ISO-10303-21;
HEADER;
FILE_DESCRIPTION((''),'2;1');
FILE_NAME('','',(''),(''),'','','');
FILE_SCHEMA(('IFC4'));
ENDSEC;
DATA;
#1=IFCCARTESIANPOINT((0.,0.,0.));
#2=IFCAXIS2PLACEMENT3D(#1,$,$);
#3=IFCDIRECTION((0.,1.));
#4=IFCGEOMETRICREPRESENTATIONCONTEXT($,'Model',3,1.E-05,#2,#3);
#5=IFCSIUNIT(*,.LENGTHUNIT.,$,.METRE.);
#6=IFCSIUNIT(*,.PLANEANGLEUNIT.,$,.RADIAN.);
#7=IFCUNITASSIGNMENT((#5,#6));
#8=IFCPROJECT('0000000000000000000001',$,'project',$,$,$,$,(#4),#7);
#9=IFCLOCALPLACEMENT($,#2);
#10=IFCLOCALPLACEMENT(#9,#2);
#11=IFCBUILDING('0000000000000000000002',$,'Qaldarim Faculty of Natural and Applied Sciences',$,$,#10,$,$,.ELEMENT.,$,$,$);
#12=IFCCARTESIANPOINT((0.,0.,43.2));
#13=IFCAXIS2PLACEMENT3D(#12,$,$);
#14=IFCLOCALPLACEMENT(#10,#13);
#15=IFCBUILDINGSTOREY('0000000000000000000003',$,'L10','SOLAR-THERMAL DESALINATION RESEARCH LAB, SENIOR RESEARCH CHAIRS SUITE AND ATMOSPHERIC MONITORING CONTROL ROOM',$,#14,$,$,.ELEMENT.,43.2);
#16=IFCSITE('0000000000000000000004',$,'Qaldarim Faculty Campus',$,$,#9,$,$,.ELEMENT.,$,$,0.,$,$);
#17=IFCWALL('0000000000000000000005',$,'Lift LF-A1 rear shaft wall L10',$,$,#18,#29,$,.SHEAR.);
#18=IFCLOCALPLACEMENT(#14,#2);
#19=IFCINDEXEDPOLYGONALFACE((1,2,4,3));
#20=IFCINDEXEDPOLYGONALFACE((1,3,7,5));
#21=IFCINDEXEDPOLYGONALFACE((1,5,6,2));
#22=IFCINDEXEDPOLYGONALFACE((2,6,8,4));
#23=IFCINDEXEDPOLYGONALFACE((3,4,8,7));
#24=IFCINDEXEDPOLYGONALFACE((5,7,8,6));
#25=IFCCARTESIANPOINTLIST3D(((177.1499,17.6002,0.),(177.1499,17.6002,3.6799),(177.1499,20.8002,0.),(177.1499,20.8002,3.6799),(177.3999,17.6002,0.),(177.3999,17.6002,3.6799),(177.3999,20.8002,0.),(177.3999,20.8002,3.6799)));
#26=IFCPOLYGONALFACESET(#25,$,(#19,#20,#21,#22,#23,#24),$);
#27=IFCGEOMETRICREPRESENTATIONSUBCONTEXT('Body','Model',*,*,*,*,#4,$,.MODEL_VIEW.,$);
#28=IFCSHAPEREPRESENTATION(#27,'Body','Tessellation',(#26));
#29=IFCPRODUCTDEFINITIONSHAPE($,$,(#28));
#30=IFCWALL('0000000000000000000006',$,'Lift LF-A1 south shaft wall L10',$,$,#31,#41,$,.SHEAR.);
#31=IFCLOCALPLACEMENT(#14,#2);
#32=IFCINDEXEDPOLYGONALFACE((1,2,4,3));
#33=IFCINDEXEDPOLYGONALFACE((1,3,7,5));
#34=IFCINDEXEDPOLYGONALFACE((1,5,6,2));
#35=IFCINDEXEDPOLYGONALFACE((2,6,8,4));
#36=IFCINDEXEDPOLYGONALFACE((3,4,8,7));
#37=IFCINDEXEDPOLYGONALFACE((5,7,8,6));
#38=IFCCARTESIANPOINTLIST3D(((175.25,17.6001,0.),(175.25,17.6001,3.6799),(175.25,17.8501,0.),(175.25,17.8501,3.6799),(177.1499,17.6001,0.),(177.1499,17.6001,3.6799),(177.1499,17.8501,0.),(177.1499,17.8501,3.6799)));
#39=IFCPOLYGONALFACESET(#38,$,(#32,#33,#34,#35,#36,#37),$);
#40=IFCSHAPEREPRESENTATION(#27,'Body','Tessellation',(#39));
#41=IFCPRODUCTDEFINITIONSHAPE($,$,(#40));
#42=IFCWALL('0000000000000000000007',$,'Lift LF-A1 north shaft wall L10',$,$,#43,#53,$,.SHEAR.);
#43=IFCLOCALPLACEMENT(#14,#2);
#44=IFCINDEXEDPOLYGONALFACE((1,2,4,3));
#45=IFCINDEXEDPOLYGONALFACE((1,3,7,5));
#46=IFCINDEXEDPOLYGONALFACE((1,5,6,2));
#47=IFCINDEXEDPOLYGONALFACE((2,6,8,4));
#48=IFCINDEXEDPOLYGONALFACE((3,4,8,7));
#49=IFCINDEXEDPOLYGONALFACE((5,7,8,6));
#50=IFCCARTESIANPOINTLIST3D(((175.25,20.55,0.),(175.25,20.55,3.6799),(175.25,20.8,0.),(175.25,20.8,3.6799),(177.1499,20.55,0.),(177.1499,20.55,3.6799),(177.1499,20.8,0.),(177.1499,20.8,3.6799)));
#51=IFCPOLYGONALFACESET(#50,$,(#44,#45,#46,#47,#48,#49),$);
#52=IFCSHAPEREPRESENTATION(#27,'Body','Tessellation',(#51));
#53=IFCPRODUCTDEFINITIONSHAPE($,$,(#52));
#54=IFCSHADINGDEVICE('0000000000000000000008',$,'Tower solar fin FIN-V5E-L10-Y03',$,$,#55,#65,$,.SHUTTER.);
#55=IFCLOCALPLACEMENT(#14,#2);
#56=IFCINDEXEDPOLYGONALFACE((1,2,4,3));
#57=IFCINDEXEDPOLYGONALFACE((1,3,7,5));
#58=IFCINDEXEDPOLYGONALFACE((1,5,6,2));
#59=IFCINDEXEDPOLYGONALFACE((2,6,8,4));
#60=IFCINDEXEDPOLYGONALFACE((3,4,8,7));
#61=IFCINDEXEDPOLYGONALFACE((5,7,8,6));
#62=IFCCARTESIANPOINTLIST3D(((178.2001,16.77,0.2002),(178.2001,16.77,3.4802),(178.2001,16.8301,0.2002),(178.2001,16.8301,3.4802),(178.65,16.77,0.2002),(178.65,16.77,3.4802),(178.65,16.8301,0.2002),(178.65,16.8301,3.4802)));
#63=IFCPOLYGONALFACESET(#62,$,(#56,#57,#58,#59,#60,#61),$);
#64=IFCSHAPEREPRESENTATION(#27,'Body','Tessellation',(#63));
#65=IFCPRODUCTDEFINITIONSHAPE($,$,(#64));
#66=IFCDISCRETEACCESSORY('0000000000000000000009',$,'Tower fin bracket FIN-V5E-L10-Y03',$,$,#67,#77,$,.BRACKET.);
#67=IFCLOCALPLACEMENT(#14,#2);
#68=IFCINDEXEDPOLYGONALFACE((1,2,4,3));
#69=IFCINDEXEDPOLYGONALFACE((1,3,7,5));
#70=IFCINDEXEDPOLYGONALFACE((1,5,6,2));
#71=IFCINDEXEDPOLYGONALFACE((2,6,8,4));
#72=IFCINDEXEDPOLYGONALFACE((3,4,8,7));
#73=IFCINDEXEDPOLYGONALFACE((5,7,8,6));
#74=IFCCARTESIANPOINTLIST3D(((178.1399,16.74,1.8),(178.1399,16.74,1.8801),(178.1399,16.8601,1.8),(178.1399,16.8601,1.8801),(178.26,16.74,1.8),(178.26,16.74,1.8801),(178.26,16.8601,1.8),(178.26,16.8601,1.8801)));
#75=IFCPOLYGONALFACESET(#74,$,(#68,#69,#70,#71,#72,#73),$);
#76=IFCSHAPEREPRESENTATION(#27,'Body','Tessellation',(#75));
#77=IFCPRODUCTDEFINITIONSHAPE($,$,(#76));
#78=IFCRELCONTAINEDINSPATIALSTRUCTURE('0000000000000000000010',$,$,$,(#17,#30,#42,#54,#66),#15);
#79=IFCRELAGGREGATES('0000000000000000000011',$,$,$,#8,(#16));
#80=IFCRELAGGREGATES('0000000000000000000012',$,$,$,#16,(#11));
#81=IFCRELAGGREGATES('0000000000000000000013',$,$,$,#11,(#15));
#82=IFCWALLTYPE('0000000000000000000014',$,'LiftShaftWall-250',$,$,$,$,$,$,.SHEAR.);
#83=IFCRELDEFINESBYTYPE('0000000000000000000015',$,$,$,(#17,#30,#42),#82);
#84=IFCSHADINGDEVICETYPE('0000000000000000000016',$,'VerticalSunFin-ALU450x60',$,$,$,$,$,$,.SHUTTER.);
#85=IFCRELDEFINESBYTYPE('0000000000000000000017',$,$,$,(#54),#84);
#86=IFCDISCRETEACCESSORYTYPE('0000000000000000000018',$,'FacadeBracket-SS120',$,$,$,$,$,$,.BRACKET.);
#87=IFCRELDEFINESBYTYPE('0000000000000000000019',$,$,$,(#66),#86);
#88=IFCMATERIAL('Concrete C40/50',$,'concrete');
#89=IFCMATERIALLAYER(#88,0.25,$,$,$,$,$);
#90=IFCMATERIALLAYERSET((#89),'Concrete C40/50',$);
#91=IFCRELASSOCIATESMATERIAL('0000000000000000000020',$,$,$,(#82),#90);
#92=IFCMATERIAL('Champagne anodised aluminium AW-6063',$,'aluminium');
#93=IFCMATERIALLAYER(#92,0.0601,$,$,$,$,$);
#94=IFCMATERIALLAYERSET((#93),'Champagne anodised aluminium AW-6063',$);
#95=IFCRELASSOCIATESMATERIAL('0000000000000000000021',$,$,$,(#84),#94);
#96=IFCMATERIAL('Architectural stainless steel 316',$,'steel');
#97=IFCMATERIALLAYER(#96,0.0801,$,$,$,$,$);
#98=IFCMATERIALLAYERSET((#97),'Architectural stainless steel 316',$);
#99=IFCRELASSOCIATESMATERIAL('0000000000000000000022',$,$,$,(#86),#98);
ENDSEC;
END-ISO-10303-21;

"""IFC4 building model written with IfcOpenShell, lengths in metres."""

from ifc_helpers import new_model, si_unit, direction, frame, frame_2d, origin, origin_2d, place, context, subcontext, project, spatial, rectangle, extrude, material, layer, layer_set, type_object, element, save


model = new_model("IFC4")

# Units and contexts
model_context = context("Model", 3, precision=1e-05, world=origin(), true_north=direction((0.0, 1.0)))
body_context = subcontext(model_context, "Body", "Model", "MODEL_VIEW")
ifc_project = project(units=[si_unit("LENGTHUNIT", "METRE"), si_unit("PLANEANGLEUNIT", "RADIAN")], contexts=[model_context])

# Site, building, storey
site_placement = place(None, origin())
site = spatial("IfcSite", under=ifc_project, at=site_placement, Name="Qaldarim Faculty Campus", CompositionType="ELEMENT", RefElevation=0.0)
building_placement = place(site_placement, origin())
building = spatial("IfcBuilding", under=site, at=building_placement, Name="Qaldarim Faculty of Natural and Applied Sciences", CompositionType="ELEMENT")
storey_placement = place(building_placement, frame((0.0, 0.0, 43.2)))
storey = spatial("IfcBuildingStorey", under=building, at=storey_placement, Name="L10", Description="SOLAR-THERMAL DESALINATION RESEARCH LAB, SENIOR RESEARCH CHAIRS SUITE AND ATMOSPHERIC MONITORING CONTROL ROOM", CompositionType="ELEMENT", Elevation=43.2)

# Shared definitions
ifc_material_1 = material(Name="Concrete C40/50", Category="concrete")

# Shared definitions
ifc_layer_1 = layer(ifc_material_1, 0.25)
ifc_layer_set_1 = layer_set([ifc_layer_1], Name="Concrete C40/50")
wall_type_1 = type_object("IfcWallType", Name="LiftShaftWall-250", PredefinedType="SHEAR", material=ifc_layer_set_1)
ifc_material_2 = material(Name="Architectural stainless steel 316", Category="steel")

# Walls
wall_1_placement = place(storey_placement, frame((177.2749, 17.6001, 0.0), z_axis=(0.0, 0.0, 1.0), x_axis=(0.0, 1.0, 0.0)))
element("IfcWall", 1, at=wall_1_placement, inside=storey, type_object=wall_type_1, Name="Lift LF-A1 rear shaft wall L10", PredefinedType="SHEAR", context=body_context, shape_type="SweptSolid", body=[
    extrude(rectangle(XDim=3.2, YDim=0.25, at=frame_2d((1.6001, 0.0))), origin(), (0.0, 0.0, 1.0), 3.6799),
])
for number, where, z_axis, x_axis, name in (
    (2, (175.25, 17.7251, 0.0), (0.0, 0.0, 1.0), (1.0, 0.0, 0.0), "Lift LF-A1 south shaft wall L10"),
    (3, (175.25, 20.675, 0.0), (0.0, 0.0, 1.0), (1.0, 0.0, 0.0), "Lift LF-A1 north shaft wall L10"),
):
    element("IfcWall", number, at=place(storey_placement, frame(where, z_axis=z_axis, x_axis=x_axis)), inside=storey, type_object=wall_type_1, Name=name, PredefinedType="SHEAR", context=body_context, shape_type="SweptSolid", body=[
        extrude(rectangle(XDim=1.8999, YDim=0.25, at=frame_2d((0.95, 0.0))), origin(), (0.0, 0.0, 1.0), 3.6799),
    ])

# Shading device
ifc_material_3 = material(Name="Champagne anodised aluminium AW-6063", Category="aluminium")
ifc_layer_2 = layer(ifc_material_3, 0.0601)
ifc_layer_set_2 = layer_set([ifc_layer_2], Name="Champagne anodised aluminium AW-6063")
shading_device_type = type_object("IfcShadingDeviceType", Name="VerticalSunFin-ALU450x60", PredefinedType="SHUTTER", material=ifc_layer_set_2)
shading_device_placement = place(storey_placement, frame((178.425, 16.8, 0.2002), z_axis=(0.0, 0.0, 1.0), x_axis=(1.0, 0.0, 0.0)))
element("IfcShadingDevice", 4, at=shading_device_placement, inside=storey, type_object=shading_device_type, Name="Tower solar fin FIN-V5E-L10-Y03", PredefinedType="SHUTTER", context=body_context, shape_type="SweptSolid", body=[
    extrude(rectangle(XDim=0.45, YDim=0.0601, at=origin_2d()), origin(), (0.0, 0.0, 1.0), 3.28),
])

# Discrete accessory
ifc_layer_3 = layer(ifc_material_2, 0.0801)
ifc_layer_set_3 = layer_set([ifc_layer_3], Name="Architectural stainless steel 316")
discrete_accessory_type = type_object("IfcDiscreteAccessoryType", Name="FacadeBracket-SS120", PredefinedType="BRACKET", material=ifc_layer_set_3)
discrete_accessory_placement = place(storey_placement, frame((178.2, 16.8, 1.8), z_axis=(0.0, 0.0, 1.0), x_axis=(1.0, 0.0, 0.0)))
element("IfcDiscreteAccessory", 5, at=discrete_accessory_placement, inside=storey, type_object=discrete_accessory_type, Name="Tower fin bracket FIN-V5E-L10-Y03", PredefinedType="BRACKET", context=body_context, shape_type="SweptSolid", body=[
    extrude(rectangle(XDim=0.1201, YDim=0.1201, at=origin_2d()), origin(), (0.0, 0.0, 1.0), 0.0801),
])

save(model, "model.ifc")
